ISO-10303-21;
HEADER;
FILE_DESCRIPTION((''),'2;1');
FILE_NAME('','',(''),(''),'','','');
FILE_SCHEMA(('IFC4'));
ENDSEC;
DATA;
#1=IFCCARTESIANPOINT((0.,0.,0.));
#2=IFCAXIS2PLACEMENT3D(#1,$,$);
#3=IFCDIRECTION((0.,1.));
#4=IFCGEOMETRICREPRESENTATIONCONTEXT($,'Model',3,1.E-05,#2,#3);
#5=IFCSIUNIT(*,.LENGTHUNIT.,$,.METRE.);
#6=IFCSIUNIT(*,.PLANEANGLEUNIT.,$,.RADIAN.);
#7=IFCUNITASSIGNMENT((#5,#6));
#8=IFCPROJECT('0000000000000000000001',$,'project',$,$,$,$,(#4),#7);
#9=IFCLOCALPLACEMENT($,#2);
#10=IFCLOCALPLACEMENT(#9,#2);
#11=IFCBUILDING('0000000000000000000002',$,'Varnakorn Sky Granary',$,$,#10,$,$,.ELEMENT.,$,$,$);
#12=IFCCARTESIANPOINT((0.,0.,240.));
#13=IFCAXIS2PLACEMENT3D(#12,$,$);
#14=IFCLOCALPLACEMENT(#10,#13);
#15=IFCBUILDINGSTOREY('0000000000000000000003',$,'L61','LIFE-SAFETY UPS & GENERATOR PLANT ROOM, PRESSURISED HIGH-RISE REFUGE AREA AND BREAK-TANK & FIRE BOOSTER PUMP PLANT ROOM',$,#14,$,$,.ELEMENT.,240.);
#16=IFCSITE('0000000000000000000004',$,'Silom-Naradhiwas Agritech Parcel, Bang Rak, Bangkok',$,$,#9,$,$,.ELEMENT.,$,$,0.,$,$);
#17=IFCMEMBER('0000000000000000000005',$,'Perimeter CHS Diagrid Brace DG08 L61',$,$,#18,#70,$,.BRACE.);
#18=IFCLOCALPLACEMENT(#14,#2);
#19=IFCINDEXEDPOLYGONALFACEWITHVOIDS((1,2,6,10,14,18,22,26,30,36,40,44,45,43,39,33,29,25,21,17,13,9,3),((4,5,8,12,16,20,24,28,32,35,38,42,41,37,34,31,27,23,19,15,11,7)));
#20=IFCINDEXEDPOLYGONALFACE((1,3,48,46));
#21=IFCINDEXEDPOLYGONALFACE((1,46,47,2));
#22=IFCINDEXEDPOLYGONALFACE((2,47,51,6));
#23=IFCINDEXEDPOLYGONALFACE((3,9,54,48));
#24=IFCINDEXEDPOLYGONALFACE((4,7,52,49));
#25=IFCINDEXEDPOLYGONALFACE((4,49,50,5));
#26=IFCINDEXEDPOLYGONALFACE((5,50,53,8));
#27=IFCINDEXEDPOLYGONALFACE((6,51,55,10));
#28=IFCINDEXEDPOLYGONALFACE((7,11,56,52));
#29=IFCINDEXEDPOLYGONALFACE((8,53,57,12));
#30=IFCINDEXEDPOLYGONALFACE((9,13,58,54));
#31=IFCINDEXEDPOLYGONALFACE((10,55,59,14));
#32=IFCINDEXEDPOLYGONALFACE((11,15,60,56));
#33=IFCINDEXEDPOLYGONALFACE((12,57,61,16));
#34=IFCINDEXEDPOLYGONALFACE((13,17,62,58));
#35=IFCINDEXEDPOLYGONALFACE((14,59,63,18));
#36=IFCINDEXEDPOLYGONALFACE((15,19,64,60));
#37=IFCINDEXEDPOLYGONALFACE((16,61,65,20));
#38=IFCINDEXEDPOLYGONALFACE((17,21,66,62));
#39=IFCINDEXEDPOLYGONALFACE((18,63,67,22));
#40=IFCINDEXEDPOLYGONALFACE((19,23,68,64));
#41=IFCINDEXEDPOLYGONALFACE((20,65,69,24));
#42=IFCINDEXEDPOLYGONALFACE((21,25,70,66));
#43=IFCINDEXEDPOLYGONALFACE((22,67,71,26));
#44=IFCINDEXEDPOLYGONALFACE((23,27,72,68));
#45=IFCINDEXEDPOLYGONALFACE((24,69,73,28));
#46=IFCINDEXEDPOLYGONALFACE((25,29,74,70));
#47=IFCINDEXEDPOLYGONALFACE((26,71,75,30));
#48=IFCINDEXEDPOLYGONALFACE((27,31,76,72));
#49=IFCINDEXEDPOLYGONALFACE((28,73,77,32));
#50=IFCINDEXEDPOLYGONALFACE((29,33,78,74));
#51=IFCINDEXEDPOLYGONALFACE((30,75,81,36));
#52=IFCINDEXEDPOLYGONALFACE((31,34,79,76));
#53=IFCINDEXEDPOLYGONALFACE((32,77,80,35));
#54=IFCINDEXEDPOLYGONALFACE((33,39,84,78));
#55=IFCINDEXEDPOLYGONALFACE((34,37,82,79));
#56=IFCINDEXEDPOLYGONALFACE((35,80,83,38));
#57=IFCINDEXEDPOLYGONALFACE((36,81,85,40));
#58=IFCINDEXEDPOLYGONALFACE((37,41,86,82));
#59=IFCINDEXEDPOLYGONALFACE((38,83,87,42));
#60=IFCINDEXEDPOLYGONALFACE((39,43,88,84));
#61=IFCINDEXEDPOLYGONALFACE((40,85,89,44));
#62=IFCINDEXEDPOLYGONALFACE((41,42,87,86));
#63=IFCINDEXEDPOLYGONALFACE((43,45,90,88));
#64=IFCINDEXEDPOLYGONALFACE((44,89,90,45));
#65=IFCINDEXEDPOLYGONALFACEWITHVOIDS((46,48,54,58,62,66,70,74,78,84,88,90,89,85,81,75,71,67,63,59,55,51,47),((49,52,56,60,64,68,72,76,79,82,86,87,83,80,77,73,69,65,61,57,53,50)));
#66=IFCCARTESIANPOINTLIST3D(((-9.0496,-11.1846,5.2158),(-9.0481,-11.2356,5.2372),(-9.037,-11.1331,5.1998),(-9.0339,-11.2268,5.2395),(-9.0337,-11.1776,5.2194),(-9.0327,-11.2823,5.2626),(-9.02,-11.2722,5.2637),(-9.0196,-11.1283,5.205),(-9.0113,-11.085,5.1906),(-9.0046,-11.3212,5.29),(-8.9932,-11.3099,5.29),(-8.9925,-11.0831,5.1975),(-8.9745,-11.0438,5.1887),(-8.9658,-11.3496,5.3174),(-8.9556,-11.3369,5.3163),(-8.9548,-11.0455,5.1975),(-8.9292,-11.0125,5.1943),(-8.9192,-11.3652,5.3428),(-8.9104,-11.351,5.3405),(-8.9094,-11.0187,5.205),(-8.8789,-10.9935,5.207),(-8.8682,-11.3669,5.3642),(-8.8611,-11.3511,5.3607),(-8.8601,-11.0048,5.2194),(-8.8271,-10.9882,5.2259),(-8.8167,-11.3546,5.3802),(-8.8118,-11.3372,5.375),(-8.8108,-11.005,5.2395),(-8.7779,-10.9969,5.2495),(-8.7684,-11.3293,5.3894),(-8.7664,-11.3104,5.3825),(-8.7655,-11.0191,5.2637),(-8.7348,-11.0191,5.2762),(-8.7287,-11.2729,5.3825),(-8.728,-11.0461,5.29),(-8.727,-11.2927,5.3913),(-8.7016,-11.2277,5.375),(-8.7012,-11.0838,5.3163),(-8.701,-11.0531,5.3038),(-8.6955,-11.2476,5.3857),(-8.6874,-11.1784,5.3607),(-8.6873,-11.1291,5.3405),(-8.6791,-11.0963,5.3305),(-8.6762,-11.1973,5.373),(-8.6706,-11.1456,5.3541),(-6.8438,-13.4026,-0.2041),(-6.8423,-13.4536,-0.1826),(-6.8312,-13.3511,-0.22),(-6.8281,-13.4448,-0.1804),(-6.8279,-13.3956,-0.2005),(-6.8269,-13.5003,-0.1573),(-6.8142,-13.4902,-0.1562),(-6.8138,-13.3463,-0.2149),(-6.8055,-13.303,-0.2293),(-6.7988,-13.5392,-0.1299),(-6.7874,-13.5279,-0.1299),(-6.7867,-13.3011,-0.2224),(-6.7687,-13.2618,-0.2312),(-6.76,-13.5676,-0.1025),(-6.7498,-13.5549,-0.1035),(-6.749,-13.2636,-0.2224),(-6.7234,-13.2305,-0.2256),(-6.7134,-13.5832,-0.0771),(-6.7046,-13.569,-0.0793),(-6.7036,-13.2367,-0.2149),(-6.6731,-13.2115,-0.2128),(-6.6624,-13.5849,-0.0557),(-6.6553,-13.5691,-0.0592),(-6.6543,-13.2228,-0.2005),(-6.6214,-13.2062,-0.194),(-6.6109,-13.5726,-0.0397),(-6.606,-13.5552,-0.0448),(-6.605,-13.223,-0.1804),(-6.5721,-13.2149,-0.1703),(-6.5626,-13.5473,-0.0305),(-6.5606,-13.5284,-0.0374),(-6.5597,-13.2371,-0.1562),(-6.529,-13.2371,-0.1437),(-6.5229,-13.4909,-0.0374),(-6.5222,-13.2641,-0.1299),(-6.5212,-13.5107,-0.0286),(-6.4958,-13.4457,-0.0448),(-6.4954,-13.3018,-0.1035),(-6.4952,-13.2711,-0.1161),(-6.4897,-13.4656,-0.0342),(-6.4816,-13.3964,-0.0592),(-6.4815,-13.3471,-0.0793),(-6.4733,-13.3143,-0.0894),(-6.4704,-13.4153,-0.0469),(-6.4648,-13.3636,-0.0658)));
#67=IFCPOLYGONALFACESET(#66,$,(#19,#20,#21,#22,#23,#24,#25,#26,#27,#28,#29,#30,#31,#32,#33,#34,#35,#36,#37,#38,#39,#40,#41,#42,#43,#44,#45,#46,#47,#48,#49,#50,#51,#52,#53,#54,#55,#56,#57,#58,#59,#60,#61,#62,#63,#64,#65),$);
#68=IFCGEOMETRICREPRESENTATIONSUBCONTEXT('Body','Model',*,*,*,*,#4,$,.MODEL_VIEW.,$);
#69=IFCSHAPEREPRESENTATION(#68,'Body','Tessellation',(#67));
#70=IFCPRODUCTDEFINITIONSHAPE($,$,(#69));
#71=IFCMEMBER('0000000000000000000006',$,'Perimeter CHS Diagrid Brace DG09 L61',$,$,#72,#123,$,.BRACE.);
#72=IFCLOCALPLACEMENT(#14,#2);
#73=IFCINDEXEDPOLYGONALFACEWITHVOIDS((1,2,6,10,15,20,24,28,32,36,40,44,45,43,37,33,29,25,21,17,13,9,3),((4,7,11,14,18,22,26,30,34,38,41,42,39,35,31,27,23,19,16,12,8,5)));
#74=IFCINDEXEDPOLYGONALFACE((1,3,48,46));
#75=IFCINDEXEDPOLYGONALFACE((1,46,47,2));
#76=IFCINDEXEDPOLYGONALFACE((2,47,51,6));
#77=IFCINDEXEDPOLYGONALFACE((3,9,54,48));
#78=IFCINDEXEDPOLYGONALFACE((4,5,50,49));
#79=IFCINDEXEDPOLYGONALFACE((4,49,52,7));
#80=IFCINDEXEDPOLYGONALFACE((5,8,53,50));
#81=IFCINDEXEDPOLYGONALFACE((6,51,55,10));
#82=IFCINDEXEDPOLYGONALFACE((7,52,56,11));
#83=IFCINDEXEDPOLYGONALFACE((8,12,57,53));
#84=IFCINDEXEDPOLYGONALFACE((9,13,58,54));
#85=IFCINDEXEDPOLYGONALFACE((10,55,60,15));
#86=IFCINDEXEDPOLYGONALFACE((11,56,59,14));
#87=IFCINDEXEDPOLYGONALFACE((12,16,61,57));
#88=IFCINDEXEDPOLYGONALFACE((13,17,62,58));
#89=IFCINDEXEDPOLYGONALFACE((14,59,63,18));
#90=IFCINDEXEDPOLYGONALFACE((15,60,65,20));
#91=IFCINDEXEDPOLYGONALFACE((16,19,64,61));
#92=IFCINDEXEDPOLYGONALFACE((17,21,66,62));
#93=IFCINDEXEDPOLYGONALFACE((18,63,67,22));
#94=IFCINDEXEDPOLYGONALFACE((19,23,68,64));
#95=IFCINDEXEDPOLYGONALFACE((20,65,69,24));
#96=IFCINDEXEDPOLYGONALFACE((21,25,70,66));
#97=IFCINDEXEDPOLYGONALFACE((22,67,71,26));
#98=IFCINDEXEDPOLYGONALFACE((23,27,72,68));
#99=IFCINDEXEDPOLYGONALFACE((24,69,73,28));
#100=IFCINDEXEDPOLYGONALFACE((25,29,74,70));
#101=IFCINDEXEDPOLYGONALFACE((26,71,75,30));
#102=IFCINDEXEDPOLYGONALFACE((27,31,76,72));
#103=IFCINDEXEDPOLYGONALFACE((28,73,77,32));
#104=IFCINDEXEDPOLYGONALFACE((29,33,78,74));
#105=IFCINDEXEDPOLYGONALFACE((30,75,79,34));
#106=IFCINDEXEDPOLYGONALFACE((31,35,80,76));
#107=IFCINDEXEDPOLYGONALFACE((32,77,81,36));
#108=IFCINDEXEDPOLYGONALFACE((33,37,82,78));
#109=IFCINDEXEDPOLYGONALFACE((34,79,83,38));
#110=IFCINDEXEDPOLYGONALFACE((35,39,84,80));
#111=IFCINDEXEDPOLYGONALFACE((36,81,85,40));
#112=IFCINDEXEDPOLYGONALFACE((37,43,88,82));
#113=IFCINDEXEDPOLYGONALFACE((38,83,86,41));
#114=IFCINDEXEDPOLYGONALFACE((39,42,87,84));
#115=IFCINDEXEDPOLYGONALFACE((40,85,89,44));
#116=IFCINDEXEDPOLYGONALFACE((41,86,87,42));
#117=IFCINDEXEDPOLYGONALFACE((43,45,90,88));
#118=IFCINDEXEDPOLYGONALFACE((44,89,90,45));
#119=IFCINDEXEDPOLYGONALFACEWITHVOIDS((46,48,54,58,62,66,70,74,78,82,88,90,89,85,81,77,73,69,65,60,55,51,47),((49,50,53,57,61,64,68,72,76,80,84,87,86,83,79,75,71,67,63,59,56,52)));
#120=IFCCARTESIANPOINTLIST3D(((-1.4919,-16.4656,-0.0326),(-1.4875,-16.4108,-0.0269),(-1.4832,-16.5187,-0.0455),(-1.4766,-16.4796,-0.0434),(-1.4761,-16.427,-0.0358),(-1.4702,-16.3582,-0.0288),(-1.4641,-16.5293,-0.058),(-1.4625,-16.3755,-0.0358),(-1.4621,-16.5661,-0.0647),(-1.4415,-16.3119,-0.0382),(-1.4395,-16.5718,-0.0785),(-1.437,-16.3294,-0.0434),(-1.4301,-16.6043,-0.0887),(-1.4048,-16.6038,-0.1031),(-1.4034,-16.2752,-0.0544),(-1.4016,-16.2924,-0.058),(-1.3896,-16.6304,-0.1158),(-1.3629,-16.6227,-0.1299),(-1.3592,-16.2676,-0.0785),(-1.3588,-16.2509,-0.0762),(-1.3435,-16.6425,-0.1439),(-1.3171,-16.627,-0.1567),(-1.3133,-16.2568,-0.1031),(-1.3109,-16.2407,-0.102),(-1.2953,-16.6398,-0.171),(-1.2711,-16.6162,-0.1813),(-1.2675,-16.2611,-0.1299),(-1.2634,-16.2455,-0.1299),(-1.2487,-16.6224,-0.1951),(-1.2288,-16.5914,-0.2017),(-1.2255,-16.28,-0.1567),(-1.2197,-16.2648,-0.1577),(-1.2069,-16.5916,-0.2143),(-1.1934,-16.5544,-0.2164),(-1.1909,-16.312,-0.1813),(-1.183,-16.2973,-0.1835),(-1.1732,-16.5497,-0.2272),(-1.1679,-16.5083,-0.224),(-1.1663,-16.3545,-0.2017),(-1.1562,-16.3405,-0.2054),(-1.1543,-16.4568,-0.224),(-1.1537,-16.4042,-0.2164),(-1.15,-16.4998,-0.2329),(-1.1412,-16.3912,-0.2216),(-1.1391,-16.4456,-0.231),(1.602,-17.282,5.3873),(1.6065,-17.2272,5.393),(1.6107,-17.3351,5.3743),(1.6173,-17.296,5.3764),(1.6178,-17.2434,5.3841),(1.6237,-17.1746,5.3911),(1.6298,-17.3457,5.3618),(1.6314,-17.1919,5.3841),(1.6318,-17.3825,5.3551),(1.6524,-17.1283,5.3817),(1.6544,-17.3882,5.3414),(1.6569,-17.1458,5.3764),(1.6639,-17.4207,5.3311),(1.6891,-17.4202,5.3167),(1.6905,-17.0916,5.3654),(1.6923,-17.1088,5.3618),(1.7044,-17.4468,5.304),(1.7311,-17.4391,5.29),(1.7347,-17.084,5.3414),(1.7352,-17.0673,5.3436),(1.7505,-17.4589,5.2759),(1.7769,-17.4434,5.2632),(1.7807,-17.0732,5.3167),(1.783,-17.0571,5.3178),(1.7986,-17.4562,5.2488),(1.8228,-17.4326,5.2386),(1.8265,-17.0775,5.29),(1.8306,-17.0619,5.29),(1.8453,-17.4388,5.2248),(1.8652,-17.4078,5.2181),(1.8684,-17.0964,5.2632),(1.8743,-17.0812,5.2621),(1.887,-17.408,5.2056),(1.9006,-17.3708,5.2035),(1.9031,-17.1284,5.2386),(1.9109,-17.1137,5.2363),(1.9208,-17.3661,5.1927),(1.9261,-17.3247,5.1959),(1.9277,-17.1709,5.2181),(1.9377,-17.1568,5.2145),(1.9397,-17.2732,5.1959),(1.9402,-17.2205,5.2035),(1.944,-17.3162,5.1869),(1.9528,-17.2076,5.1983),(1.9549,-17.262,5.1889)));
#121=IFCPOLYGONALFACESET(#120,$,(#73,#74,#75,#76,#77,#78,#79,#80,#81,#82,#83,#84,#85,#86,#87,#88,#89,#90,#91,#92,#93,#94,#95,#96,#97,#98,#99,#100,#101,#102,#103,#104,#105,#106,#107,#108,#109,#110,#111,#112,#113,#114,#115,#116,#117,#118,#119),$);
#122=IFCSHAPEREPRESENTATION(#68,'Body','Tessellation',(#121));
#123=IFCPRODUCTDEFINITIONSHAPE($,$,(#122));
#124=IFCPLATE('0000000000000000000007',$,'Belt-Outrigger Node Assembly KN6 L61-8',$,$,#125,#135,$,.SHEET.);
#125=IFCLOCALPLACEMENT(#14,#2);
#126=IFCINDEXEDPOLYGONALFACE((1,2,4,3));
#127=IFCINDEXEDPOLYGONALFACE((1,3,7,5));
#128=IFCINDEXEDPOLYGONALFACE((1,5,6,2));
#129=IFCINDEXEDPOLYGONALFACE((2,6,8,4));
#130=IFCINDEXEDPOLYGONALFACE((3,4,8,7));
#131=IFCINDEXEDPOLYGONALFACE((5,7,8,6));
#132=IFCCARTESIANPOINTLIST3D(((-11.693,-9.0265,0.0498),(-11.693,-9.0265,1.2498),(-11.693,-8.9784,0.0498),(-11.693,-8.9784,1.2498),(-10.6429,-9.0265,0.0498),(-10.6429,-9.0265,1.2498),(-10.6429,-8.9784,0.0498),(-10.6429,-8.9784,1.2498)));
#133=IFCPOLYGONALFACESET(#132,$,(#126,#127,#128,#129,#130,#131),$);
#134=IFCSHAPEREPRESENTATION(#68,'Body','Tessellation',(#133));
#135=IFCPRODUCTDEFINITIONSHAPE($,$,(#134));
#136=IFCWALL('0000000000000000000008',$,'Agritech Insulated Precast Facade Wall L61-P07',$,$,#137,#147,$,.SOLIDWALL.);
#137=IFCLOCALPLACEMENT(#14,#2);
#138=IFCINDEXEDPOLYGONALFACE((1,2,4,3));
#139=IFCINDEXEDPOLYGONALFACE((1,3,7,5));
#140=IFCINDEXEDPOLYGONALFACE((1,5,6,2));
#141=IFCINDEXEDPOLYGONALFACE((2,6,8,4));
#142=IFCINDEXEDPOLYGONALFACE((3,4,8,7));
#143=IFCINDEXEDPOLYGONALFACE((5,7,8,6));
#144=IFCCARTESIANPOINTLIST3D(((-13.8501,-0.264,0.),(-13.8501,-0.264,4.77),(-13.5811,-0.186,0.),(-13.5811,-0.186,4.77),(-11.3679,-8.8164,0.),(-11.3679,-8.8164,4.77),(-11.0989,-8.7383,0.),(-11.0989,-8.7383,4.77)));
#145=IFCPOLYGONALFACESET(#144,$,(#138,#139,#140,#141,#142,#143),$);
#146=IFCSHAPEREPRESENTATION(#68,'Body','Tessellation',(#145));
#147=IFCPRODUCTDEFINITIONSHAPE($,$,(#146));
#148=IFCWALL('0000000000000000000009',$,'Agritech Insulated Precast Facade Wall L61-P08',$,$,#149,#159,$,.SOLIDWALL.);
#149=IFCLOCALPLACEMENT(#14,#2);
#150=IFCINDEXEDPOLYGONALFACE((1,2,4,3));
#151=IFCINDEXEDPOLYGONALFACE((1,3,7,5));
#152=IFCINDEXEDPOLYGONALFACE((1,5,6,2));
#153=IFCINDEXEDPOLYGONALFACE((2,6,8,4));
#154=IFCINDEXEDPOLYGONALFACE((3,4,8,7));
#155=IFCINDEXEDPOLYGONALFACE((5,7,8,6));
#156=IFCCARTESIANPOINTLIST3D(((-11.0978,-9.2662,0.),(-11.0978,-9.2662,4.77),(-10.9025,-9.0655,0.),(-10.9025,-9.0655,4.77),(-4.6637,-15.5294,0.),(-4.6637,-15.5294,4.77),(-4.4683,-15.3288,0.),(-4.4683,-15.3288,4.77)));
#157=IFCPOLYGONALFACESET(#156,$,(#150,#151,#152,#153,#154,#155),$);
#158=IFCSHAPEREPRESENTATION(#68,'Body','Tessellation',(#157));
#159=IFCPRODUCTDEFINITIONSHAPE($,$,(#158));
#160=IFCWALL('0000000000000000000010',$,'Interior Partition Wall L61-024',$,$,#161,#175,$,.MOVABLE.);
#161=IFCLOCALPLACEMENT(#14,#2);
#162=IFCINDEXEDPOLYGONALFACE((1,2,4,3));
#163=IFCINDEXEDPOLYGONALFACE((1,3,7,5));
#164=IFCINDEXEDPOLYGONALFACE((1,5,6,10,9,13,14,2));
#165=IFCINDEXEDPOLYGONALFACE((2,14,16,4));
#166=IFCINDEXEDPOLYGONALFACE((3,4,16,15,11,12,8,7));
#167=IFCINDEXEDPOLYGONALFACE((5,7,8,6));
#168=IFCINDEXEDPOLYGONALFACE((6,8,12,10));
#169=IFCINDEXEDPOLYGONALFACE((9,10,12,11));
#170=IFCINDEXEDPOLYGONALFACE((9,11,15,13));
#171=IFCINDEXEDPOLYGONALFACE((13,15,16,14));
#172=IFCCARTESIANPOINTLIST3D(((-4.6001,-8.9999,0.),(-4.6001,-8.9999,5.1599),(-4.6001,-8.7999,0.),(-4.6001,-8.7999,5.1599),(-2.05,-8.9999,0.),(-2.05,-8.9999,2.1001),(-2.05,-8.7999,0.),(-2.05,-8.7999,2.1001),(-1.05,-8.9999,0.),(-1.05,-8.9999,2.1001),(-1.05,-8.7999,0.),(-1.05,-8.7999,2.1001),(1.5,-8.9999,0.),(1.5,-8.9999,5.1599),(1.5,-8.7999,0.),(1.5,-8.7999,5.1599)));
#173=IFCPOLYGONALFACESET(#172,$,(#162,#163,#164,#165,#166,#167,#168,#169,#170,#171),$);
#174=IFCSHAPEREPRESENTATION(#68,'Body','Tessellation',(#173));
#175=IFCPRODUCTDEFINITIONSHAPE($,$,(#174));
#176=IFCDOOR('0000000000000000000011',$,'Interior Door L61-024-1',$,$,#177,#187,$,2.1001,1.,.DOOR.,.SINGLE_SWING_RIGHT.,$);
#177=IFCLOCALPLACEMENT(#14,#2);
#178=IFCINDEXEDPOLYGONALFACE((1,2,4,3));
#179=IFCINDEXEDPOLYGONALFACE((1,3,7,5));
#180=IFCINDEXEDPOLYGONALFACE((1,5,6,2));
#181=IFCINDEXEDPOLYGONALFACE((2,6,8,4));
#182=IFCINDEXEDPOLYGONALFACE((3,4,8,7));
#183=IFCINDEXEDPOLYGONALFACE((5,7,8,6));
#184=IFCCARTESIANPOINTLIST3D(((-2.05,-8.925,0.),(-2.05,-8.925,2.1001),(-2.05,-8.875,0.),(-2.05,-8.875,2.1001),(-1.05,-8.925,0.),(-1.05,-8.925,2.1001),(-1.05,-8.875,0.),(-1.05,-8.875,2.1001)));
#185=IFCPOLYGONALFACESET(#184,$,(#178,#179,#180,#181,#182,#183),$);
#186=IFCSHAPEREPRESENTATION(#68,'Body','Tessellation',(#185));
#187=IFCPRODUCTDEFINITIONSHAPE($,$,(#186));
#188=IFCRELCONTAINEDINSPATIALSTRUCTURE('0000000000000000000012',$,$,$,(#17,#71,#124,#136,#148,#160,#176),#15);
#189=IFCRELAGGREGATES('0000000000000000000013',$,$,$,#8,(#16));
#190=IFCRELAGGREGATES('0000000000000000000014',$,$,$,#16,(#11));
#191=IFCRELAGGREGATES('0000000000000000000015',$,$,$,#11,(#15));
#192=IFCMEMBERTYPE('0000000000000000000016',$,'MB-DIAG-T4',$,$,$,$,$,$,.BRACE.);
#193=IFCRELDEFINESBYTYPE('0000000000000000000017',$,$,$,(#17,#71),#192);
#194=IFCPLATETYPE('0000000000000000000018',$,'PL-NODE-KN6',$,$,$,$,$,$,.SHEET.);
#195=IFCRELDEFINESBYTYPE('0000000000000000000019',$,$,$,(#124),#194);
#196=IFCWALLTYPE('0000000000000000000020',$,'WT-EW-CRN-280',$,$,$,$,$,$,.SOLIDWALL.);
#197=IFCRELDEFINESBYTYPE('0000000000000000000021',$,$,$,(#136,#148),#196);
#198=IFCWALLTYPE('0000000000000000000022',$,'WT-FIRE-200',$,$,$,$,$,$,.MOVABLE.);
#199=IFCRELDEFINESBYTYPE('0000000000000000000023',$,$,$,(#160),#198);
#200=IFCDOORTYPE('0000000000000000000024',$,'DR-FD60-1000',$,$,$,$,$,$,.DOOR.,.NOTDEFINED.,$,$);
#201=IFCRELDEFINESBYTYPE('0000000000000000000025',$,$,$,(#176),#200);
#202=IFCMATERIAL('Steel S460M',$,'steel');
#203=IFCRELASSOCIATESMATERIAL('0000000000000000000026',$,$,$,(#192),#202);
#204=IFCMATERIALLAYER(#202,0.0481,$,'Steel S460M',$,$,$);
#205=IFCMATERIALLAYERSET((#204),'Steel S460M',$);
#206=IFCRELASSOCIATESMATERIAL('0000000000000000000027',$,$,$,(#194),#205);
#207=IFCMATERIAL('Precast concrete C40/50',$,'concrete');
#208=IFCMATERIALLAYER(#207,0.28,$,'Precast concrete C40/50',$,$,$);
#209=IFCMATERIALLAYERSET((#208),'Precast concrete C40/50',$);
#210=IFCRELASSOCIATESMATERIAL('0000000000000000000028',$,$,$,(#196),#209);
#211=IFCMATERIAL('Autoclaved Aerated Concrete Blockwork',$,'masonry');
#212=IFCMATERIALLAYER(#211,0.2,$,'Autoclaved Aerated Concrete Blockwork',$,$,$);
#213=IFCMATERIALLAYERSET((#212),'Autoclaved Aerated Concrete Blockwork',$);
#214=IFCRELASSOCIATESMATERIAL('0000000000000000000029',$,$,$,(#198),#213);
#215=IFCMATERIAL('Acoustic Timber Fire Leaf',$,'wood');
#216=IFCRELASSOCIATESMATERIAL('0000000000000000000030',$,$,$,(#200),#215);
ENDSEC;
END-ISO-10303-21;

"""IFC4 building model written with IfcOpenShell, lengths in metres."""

from ifc_helpers import new_model, si_unit, direction, frame, frame_2d, origin, origin_2d, place, context, subcontext, project, spatial, rectangle, hollow_circle, extrude, material, layer, layer_set, material_profile, profile_set, type_object, element, fill, save


model = new_model("IFC4")

# Units and contexts
model_context = context("Model", 3, precision=1e-05, world=origin(), true_north=direction((0.0, 1.0)))
body_context = subcontext(model_context, "Body", "Model", "MODEL_VIEW")
ifc_project = project(units=[si_unit("LENGTHUNIT", "METRE"), si_unit("PLANEANGLEUNIT", "RADIAN")], contexts=[model_context])

# Site, building, storey
site_placement = place(None, origin())
site = spatial("IfcSite", under=ifc_project, at=site_placement, Name="Silom-Naradhiwas Agritech Parcel, Bang Rak, Bangkok", CompositionType="ELEMENT", RefElevation=0.0)
building_placement = place(site_placement, origin())
building = spatial("IfcBuilding", under=site, at=building_placement, Name="Varnakorn Sky Granary", CompositionType="ELEMENT")
storey_placement = place(building_placement, frame((0.0, 0.0, 240.0)))
storey = spatial("IfcBuildingStorey", under=building, at=storey_placement, Name="L61", Description="LIFE-SAFETY UPS & GENERATOR PLANT ROOM, PRESSURISED HIGH-RISE REFUGE AREA AND BREAK-TANK & FIRE BOOSTER PUMP PLANT ROOM", CompositionType="ELEMENT", Elevation=240.0)

# Shared definitions
ifc_material_1 = material(Name="Steel S460M", Category="steel")

# Members
ifc_material_profile_1 = material_profile(ifc_material_1, hollow_circle(Radius=0.2031, WallThickness=0.0161, at=origin_2d()), Name="CHS 406.4x16")
ifc_profile_set_1 = profile_set([ifc_material_profile_1], Name="Steel S460M")
member_type_1 = type_object("IfcMemberType", Name="MB-DIAG-T4", PredefinedType="BRACE", material=ifc_profile_set_1)
member_1_placement = place(storey_placement, frame((-6.6548, -13.396, -0.1299), z_axis=(-0.352487, 0.354437, 0.866099), x_axis=(-0.709055, -0.705153, 0.0)))
element("IfcMember", 1, at=member_1_placement, inside=storey, type_object=member_type_1, Name="Perimeter CHS Diagrid Brace DG08 L61", PredefinedType="BRACE", context=body_context, shape_type="SweptSolid", body=[
    extrude(hollow_circle(Radius=0.2031, WallThickness=0.0161, at=origin_2d()), origin(), (0.0, 0.0, 1.0), 6.2578),
])
member_2_placement = place(storey_placement, frame((-1.3152, -16.4419, -0.1299), z_axis=(0.491576, -0.129711, 0.86112), x_axis=(0.255135, 0.966905, 0.0)))
element("IfcMember", 2, at=member_2_placement, inside=storey, type_object=member_type_1, Name="Perimeter CHS Diagrid Brace DG09 L61", PredefinedType="BRACE", context=body_context, shape_type="SweptSolid", body=[
    extrude(hollow_circle(Radius=0.2031, WallThickness=0.0161, at=origin_2d()), origin(), (0.0, 0.0, 1.0), 6.2939),
])

# Plate
ifc_layer_1 = layer(ifc_material_1, 0.0481, Name="Steel S460M")
ifc_layer_set_1 = layer_set([ifc_layer_1], Name="Steel S460M")
plate_type = type_object("IfcPlateType", Name="PL-NODE-KN6", PredefinedType="SHEET", material=ifc_layer_set_1)
plate_placement = place(storey_placement, frame((-11.168, -9.0024, 0.0498), z_axis=(0.0, 0.0, 1.0), x_axis=(1.0, 0.0, 0.0)))
element("IfcPlate", 3, at=plate_placement, inside=storey, type_object=plate_type, Name="Belt-Outrigger Node Assembly KN6 L61-8", PredefinedType="SHEET", context=body_context, shape_type="SweptSolid", body=[
    extrude(rectangle(XDim=1.05, YDim=0.0481, at=origin_2d()), origin(), (0.0, 0.0, 1.0), 1.2),
])

# Walls
ifc_material_2 = material(Name="Precast concrete C40/50", Category="concrete")
ifc_layer_2 = layer(ifc_material_2, 0.28, Name="Precast concrete C40/50")
ifc_layer_set_2 = layer_set([ifc_layer_2], Name="Precast concrete C40/50")
wall_type_1 = type_object("IfcWallType", Name="WT-EW-CRN-280", PredefinedType="SOLIDWALL", material=ifc_layer_set_2)
wall_1_placement = place(storey_placement, frame((-11.2334, -8.7773, 0.0), z_axis=(0.0, 0.0, 1.0), x_axis=(-0.278734, 0.960368, 0.0)))
element("IfcWall", 4, at=wall_1_placement, inside=storey, type_object=wall_type_1, Name="Agritech Insulated Precast Facade Wall L61-P07", PredefinedType="SOLIDWALL", context=body_context, shape_type="SweptSolid", body=[
    extrude(rectangle(XDim=8.9053, YDim=0.28, at=frame_2d((4.4526, 0.0))), origin(), (0.0, 0.0, 1.0), 4.77),
])
wall_2_placement = place(storey_placement, frame((-4.5659, -15.4292, 0.0), z_axis=(0.0, 0.0, 1.0), x_axis=(-0.716559, 0.697526, 0.0)))
element("IfcWall", 5, at=wall_2_placement, inside=storey, type_object=wall_type_1, Name="Agritech Insulated Precast Facade Wall L61-P08", PredefinedType="SOLIDWALL", context=body_context, shape_type="SweptSolid", body=[
    extrude(rectangle(XDim=8.9792, YDim=0.28, at=frame_2d((4.4897, 0.0))), origin(), (0.0, 0.0, 1.0), 4.77),
])

# Wall, opening, door
ifc_material_3 = material(Name="Autoclaved Aerated Concrete Blockwork", Category="masonry")
ifc_layer_3 = layer(ifc_material_3, 0.2, Name="Autoclaved Aerated Concrete Blockwork")
ifc_layer_set_3 = layer_set([ifc_layer_3], Name="Autoclaved Aerated Concrete Blockwork")
wall_type_2 = type_object("IfcWallType", Name="WT-FIRE-200", PredefinedType="MOVABLE", material=ifc_layer_set_3)
wall_3_placement = place(storey_placement, frame((-4.6001, -8.8999, 0.0), z_axis=(0.0, 0.0, 1.0), x_axis=(1.0, 0.0, 0.0)))
wall_3 = element("IfcWall", 6, at=wall_3_placement, inside=storey, type_object=wall_type_2, Name="Interior Partition Wall L61-024", PredefinedType="MOVABLE", context=body_context, shape_type="SweptSolid", body=[
    extrude(rectangle(XDim=6.1001, YDim=0.2, at=frame_2d((3.05, 0.0))), origin(), (0.0, 0.0, 1.0), 5.1599),
])
opening_1_placement = place(wall_3_placement, frame((2.55, 0.0, 0.0)))
opening_1 = element("IfcOpeningElement", 7, at=opening_1_placement, cuts=wall_3, PredefinedType="OPENING", context=body_context, shape_type="SweptSolid", body=[
    extrude(rectangle(XDim=1.0, YDim=2.1001, at=frame_2d((0.5, 1.05))), frame((0.0, 0.1099, 0.0), z_axis=(0.0, -1.0, 0.0), x_axis=(1.0, 0.0, 0.0)), (0.0, 0.0, 1.0), 0.22),
])
ifc_material_4 = material(Name="Acoustic Timber Fire Leaf", Category="wood")
door_type = type_object("IfcDoorType", Name="DR-FD60-1000", OperationType="NOTDEFINED", PredefinedType="DOOR", material=ifc_material_4)
door_1_placement = place(opening_1_placement, origin())
door_1 = element("IfcDoor", 8, at=door_1_placement, inside=storey, type_object=door_type, Name="Interior Door L61-024-1", OperationType="SINGLE_SWING_RIGHT", OverallHeight=2.1001, OverallWidth=1.0, PredefinedType="DOOR", context=body_context, shape_type="SweptSolid", body=[
    extrude(rectangle(XDim=1.0, YDim=2.1001, at=frame_2d((0.5, 1.05))), frame((0.0, 0.0249, 0.0), z_axis=(0.0, -1.0, 0.0), x_axis=(1.0, 0.0, 0.0)), (0.0, 0.0, 1.0), 0.05),
])
fill(opening_1, door_1)

save(model, "model.ifc")
